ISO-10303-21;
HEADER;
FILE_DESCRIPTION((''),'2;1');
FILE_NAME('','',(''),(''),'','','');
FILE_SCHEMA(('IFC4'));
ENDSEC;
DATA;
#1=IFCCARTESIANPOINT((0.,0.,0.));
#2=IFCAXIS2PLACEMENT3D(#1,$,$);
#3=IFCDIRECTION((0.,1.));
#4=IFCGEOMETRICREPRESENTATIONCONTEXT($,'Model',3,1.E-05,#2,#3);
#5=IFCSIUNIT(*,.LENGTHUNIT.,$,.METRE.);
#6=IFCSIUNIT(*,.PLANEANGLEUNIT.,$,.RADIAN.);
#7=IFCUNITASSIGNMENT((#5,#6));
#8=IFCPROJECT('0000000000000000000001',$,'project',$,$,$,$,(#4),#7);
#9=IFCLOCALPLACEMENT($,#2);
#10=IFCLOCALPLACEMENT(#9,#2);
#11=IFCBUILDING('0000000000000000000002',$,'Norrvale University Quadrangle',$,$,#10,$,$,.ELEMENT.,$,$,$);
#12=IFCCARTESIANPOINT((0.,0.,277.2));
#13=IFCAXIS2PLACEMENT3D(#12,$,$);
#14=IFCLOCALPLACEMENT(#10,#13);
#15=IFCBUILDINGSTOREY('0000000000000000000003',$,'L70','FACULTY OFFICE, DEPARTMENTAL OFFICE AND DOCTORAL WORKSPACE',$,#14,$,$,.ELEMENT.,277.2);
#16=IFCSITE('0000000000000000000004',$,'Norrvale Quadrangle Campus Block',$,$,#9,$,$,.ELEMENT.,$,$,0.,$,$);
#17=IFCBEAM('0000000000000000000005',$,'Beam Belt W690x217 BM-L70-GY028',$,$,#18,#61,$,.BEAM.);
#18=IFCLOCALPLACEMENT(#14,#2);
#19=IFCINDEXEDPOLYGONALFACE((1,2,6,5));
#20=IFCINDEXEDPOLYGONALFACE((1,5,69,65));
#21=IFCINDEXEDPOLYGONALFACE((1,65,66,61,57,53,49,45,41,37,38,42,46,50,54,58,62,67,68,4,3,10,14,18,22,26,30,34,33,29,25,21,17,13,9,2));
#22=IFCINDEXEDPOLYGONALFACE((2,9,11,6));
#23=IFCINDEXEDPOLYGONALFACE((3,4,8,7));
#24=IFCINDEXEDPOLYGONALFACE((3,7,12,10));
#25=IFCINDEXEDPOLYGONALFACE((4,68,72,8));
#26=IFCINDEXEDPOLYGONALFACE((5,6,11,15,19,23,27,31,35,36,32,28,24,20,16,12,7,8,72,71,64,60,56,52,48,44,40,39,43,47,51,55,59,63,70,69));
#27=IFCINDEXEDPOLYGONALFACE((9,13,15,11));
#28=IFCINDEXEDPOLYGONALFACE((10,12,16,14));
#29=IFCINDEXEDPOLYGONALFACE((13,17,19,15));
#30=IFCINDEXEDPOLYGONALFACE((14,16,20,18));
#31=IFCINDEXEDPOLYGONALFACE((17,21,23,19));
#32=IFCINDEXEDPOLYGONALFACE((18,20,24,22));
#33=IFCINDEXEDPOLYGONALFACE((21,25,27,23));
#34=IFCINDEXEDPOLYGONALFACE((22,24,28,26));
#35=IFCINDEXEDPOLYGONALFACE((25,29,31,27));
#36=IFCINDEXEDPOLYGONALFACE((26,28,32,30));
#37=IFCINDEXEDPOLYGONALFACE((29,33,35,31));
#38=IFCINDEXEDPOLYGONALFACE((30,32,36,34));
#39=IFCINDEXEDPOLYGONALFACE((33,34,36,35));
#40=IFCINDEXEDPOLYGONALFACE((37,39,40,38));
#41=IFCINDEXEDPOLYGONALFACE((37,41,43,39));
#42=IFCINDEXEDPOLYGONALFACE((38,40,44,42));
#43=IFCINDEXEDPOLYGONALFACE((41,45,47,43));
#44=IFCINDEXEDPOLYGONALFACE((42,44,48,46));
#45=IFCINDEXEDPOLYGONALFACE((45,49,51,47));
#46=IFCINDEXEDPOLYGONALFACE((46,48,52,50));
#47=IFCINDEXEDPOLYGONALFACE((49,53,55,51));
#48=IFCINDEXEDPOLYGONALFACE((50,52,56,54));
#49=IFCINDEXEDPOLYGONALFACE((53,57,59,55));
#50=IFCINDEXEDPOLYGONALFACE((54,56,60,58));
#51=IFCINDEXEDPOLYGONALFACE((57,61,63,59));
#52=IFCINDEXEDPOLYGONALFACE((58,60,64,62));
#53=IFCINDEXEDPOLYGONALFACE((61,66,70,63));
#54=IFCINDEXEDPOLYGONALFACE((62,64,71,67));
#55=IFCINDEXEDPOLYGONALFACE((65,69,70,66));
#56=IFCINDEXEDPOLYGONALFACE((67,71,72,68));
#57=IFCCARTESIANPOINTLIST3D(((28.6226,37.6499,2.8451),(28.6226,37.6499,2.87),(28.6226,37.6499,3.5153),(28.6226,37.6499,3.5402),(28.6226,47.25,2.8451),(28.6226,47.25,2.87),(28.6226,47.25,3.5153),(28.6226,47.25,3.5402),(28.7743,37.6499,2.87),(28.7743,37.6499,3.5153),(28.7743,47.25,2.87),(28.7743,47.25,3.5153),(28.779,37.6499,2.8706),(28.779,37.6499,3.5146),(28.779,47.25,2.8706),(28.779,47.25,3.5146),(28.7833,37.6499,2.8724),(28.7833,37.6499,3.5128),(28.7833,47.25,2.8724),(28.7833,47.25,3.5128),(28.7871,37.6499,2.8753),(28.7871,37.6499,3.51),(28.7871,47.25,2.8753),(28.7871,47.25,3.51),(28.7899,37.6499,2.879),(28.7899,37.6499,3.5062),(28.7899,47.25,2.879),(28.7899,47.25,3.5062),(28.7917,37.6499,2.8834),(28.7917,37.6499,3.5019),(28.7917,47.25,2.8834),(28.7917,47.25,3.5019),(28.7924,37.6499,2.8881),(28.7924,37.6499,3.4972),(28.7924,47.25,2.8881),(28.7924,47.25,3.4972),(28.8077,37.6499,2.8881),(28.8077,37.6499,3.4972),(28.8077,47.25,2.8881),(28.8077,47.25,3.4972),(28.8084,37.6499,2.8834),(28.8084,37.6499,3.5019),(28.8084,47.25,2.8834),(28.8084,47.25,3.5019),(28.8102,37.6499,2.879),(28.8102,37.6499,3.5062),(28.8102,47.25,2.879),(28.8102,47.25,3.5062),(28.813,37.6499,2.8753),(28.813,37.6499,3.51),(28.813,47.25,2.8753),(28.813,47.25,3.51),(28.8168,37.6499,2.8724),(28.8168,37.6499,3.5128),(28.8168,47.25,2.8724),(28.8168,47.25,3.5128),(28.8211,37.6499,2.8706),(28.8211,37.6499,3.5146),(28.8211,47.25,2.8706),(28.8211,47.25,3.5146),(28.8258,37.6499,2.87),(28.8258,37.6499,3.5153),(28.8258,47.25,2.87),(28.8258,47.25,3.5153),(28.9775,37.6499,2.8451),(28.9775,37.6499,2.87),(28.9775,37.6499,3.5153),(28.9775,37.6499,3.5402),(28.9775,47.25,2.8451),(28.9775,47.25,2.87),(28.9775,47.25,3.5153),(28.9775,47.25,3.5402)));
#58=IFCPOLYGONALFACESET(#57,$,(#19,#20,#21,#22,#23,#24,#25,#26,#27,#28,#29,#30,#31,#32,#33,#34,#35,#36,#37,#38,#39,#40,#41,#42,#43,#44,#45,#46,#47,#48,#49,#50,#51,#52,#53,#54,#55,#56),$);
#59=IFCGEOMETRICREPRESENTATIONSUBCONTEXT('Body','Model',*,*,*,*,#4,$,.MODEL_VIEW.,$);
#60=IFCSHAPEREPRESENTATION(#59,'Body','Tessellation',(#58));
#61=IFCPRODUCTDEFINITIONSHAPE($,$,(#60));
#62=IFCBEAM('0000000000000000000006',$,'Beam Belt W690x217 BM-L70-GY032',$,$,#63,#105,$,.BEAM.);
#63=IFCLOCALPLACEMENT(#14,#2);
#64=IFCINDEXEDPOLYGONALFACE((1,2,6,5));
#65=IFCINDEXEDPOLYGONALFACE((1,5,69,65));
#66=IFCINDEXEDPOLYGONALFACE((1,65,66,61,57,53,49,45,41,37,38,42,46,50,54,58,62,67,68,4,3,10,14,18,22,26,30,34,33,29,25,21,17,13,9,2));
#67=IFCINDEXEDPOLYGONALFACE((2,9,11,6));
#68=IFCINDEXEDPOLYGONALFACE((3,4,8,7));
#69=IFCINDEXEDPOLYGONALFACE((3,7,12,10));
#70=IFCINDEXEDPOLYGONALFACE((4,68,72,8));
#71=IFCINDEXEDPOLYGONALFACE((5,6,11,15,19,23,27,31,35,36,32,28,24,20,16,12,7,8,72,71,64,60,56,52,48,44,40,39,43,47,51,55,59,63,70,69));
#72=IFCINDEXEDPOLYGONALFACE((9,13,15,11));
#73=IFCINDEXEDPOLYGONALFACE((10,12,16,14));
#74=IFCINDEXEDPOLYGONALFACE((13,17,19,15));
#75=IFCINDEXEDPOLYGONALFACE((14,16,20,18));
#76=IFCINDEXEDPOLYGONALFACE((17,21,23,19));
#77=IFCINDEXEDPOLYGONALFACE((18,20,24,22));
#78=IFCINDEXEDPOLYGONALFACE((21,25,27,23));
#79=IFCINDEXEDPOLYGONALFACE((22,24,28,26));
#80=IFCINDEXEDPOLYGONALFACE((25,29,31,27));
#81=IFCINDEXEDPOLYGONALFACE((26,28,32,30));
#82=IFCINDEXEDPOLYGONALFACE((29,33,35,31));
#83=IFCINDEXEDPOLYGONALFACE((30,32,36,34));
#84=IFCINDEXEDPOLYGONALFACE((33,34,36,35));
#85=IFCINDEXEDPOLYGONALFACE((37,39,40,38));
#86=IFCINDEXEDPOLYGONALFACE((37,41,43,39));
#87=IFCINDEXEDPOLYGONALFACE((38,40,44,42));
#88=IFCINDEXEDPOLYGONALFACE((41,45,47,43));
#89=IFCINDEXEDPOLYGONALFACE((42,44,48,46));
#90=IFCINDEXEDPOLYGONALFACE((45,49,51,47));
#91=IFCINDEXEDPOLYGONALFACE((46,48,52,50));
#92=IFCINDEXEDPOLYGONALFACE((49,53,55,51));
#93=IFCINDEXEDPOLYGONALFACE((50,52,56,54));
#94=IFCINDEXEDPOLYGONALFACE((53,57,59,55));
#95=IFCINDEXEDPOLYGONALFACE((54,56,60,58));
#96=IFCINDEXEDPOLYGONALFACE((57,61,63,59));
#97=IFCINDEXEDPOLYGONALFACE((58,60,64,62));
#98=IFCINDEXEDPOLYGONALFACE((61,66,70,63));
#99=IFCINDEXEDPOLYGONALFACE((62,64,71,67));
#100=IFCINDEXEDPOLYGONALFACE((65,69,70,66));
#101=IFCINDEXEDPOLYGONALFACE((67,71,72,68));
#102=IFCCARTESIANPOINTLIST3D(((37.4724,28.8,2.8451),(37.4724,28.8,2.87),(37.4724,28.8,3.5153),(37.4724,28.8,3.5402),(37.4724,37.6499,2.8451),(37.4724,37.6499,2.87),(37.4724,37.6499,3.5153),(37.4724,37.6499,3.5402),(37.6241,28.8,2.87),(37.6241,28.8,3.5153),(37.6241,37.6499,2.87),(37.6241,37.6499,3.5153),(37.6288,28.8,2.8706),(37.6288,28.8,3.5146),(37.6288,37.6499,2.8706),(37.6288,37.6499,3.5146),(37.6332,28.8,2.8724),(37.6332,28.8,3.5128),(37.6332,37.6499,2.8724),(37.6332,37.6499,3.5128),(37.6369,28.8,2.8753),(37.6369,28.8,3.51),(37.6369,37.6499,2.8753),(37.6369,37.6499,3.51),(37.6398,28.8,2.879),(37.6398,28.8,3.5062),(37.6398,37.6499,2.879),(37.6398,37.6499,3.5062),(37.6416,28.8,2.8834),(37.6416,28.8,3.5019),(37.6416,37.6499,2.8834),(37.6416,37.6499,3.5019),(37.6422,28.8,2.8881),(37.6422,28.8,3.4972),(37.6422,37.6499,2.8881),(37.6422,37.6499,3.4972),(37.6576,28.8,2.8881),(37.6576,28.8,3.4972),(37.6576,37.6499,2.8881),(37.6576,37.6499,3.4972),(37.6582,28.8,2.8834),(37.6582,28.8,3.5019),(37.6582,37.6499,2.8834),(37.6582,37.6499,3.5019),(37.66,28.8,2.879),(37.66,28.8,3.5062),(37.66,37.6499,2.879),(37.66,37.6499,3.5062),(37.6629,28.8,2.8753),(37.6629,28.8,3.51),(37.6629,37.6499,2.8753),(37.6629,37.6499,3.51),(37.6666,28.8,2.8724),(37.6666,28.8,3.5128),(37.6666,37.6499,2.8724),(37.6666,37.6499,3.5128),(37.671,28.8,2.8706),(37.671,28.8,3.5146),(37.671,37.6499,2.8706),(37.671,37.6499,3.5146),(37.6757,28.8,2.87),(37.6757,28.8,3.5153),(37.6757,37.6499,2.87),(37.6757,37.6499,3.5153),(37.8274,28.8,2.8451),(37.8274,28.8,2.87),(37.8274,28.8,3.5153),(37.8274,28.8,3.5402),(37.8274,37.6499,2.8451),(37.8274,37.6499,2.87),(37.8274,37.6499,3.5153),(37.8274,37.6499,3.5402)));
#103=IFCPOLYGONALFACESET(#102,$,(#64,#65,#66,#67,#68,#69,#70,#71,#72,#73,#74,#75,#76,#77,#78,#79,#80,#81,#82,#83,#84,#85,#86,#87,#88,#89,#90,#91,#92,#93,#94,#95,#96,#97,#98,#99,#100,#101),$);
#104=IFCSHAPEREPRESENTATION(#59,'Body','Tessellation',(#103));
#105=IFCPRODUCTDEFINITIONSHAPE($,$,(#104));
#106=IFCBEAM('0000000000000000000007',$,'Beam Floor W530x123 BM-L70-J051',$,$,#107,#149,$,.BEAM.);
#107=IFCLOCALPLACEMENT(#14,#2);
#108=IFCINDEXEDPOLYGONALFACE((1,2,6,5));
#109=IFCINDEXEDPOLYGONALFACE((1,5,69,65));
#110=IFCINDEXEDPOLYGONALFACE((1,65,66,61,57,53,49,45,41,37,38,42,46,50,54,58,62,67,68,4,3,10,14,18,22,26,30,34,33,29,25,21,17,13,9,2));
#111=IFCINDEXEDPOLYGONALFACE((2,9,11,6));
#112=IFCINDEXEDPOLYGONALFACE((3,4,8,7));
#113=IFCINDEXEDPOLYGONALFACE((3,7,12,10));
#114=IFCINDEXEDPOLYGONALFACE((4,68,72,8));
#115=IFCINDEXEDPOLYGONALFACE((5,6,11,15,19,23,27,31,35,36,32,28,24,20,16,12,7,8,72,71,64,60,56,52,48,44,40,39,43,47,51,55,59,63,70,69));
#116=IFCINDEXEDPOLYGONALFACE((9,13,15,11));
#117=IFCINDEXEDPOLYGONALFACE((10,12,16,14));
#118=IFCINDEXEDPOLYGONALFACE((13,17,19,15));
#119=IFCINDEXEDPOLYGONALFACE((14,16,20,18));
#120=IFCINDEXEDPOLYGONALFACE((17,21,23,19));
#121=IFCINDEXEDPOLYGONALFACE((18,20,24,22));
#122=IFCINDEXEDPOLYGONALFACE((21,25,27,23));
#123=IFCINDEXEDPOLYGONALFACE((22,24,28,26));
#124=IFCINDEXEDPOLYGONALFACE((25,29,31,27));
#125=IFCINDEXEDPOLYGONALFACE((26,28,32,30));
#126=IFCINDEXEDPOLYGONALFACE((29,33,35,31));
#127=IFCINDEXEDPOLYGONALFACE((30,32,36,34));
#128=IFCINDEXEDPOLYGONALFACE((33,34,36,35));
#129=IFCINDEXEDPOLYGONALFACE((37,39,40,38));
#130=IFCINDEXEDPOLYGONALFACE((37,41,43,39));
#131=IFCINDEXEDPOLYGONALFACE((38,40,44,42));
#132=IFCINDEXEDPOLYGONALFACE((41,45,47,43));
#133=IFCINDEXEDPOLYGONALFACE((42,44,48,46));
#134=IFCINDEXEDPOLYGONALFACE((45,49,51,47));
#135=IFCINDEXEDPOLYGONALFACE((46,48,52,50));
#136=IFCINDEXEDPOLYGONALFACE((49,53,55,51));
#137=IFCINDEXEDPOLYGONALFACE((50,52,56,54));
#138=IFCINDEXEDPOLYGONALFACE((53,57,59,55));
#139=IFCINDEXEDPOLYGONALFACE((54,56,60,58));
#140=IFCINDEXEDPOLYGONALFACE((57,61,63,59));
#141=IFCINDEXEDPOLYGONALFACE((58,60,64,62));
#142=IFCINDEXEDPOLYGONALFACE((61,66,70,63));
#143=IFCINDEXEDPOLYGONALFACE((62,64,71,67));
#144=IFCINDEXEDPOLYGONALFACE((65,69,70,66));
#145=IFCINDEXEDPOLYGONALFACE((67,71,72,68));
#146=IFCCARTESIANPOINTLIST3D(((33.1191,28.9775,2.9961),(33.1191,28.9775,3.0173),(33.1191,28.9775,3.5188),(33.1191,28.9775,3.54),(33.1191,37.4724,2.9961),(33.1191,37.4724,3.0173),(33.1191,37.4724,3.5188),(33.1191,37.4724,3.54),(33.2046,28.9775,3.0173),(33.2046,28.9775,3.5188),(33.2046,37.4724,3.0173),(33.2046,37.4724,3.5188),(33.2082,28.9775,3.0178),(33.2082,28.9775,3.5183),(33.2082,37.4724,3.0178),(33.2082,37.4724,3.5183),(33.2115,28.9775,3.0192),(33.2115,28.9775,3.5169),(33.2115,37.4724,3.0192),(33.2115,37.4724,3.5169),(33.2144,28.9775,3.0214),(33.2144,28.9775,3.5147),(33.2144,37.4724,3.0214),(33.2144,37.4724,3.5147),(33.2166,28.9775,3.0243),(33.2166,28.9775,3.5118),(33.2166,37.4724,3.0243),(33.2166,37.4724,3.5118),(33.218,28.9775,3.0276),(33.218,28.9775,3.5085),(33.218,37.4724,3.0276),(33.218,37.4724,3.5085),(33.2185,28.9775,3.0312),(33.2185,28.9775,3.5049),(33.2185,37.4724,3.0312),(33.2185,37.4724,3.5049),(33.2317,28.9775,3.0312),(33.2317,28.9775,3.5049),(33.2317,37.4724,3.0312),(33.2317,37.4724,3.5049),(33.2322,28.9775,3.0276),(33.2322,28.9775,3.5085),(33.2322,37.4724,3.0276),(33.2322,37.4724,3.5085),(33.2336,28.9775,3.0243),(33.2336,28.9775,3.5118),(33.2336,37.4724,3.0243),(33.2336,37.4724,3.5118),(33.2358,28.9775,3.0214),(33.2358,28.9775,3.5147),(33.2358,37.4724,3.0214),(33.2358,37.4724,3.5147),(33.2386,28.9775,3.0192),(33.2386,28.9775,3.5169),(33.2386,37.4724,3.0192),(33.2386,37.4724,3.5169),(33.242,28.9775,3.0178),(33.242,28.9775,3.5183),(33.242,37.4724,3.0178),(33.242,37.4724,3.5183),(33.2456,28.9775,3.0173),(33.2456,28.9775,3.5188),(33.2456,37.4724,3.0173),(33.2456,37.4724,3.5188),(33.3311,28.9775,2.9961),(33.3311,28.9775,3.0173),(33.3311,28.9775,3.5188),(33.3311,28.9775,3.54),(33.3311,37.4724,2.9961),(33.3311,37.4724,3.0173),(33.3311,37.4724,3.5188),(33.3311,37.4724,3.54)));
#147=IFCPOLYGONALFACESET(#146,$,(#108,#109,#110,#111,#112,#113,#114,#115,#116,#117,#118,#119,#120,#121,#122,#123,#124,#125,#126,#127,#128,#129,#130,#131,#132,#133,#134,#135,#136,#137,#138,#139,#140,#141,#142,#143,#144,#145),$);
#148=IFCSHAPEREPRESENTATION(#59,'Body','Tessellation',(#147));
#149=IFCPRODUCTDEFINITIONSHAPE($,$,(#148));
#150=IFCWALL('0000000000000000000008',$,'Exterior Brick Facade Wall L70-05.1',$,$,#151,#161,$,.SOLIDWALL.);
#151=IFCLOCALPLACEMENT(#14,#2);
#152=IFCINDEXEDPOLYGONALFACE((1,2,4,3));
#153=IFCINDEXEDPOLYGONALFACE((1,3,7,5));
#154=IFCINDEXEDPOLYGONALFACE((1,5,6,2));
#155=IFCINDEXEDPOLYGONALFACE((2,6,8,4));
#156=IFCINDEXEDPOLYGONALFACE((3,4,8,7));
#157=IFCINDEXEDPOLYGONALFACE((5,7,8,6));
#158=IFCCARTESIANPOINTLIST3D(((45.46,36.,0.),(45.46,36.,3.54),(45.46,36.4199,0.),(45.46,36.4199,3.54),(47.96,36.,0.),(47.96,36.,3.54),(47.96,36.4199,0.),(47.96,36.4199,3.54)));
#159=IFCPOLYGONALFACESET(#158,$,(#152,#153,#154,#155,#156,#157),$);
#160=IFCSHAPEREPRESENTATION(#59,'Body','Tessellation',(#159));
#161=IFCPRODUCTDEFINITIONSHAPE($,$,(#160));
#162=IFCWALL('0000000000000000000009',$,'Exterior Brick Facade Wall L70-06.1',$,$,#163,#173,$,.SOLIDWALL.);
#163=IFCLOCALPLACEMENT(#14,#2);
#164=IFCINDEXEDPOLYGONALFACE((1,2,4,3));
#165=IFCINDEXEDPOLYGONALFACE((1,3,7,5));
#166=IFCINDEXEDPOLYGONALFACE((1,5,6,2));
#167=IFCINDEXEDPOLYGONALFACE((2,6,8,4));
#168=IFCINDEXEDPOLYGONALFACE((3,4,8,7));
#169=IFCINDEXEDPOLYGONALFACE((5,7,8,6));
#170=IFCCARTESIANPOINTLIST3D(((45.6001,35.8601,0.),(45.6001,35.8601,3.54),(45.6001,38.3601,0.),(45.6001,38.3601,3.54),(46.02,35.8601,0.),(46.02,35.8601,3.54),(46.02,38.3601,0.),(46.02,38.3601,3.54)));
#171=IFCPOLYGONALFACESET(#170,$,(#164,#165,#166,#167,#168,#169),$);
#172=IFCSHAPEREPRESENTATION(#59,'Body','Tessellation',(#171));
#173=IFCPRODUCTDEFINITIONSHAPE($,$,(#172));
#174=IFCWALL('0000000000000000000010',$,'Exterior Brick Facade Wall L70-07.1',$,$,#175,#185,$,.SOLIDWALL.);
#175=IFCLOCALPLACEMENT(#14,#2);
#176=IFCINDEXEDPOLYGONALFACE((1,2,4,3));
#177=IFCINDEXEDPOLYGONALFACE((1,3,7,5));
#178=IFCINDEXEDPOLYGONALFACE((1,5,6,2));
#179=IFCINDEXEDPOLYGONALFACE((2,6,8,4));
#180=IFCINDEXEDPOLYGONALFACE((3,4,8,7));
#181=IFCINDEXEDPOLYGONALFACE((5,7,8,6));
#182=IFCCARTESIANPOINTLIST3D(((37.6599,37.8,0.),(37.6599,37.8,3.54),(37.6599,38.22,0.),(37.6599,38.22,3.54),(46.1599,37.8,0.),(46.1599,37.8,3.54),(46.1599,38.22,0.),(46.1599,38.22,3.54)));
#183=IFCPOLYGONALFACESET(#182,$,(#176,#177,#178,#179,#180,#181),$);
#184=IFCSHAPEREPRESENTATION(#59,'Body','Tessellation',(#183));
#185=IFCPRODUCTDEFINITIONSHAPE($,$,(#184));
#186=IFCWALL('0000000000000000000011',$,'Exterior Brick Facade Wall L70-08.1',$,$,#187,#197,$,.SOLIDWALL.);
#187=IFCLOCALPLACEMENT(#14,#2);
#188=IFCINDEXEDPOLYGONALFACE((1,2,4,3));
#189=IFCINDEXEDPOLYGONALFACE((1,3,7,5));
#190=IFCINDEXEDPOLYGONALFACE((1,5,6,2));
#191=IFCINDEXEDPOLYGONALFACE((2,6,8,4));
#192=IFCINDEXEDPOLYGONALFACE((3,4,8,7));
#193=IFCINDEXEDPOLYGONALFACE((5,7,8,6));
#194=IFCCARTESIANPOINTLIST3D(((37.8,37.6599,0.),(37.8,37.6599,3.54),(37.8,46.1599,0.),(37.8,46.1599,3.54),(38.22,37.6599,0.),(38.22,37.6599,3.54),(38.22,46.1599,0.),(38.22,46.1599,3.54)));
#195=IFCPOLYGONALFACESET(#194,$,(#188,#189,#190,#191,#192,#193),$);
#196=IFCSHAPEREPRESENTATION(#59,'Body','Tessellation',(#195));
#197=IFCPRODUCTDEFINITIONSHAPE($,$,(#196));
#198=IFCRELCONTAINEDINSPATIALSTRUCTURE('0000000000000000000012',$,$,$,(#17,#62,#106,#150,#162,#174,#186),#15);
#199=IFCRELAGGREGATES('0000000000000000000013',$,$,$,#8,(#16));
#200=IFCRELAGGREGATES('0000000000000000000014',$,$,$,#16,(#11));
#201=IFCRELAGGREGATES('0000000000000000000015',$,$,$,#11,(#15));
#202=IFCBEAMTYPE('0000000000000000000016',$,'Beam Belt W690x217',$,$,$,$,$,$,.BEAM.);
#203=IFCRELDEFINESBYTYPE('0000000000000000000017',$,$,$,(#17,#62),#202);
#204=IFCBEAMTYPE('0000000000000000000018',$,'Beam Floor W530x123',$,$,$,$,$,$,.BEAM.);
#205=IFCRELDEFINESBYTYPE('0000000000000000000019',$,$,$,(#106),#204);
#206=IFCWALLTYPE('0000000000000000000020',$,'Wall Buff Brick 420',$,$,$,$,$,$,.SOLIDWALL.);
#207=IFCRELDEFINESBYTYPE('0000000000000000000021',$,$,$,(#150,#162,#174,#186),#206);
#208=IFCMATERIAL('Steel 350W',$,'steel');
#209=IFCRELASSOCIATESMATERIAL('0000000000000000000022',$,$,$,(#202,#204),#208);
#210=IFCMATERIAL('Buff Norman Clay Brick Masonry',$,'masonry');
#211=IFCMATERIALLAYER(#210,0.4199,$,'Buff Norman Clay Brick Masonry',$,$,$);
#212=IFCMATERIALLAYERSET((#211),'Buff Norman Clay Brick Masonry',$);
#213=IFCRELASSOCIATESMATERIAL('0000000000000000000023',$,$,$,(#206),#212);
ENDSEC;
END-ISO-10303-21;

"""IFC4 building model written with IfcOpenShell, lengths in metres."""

from ifc_helpers import new_model, si_unit, direction, frame, frame_2d, origin, origin_2d, place, context, subcontext, project, spatial, rectangle, i_section, extrude, material, layer, layer_set, material_profile, profile_set, type_object, element, save


model = new_model("IFC4")

# Units and contexts
model_context = context("Model", 3, precision=1e-05, world=origin(), true_north=direction((0.0, 1.0)))
body_context = subcontext(model_context, "Body", "Model", "MODEL_VIEW")
ifc_project = project(units=[si_unit("LENGTHUNIT", "METRE"), si_unit("PLANEANGLEUNIT", "RADIAN")], contexts=[model_context])

# Site, building, storey
site_placement = place(None, origin())
site = spatial("IfcSite", under=ifc_project, at=site_placement, Name="Norrvale Quadrangle Campus Block", CompositionType="ELEMENT", RefElevation=0.0)
building_placement = place(site_placement, origin())
building = spatial("IfcBuilding", under=site, at=building_placement, Name="Norrvale University Quadrangle", CompositionType="ELEMENT")
storey_placement = place(building_placement, frame((0.0, 0.0, 277.2)))
storey = spatial("IfcBuildingStorey", under=building, at=storey_placement, Name="L70", Description="FACULTY OFFICE, DEPARTMENTAL OFFICE AND DOCTORAL WORKSPACE", CompositionType="ELEMENT", Elevation=277.2)

# Beams
ifc_material_1 = material(Name="Steel 350W", Category="steel")
ifc_material_profile_1 = material_profile(ifc_material_1, i_section(OverallWidth=0.355, OverallDepth=0.6951, WebThickness=0.0154, FlangeThickness=0.0249, FilletRadius=0.0181, at=origin_2d()), Name="Steel 350W")
ifc_profile_set_1 = profile_set([ifc_material_profile_1], Name="Steel 350W")
beam_type_1 = type_object("IfcBeamType", Name="Beam Belt W690x217", PredefinedType="BEAM", material=ifc_profile_set_1)
beam_1_placement = place(storey_placement, frame((28.8, 37.6499, 3.1926), z_axis=(0.0, 1.0, 0.0), x_axis=(-1.0, 0.0, 0.0)))
element("IfcBeam", 1, at=beam_1_placement, inside=storey, type_object=beam_type_1, Name="Beam Belt W690x217 BM-L70-GY028", PredefinedType="BEAM", context=body_context, shape_type="SweptSolid", body=[
    extrude(i_section(OverallWidth=0.355, OverallDepth=0.6951, WebThickness=0.0154, FlangeThickness=0.0249, FilletRadius=0.0181, at=origin_2d()), origin(), (0.0, 0.0, 1.0), 9.6001),
])
beam_2_placement = place(storey_placement, frame((37.6499, 28.8, 3.1926), z_axis=(0.0, 1.0, 0.0), x_axis=(-1.0, 0.0, 0.0)))
element("IfcBeam", 2, at=beam_2_placement, inside=storey, type_object=beam_type_1, Name="Beam Belt W690x217 BM-L70-GY032", PredefinedType="BEAM", context=body_context, shape_type="SweptSolid", body=[
    extrude(i_section(OverallWidth=0.355, OverallDepth=0.6951, WebThickness=0.0154, FlangeThickness=0.0249, FilletRadius=0.0181, at=origin_2d()), origin(), (0.0, 0.0, 1.0), 8.8499),
])
ifc_material_profile_2 = material_profile(ifc_material_1, i_section(OverallWidth=0.2119, OverallDepth=0.5439, WebThickness=0.0132, FlangeThickness=0.0212, FilletRadius=0.0139, at=origin_2d()), Name="Steel 350W")
ifc_profile_set_2 = profile_set([ifc_material_profile_2], Name="Steel 350W")
beam_type_2 = type_object("IfcBeamType", Name="Beam Floor W530x123", PredefinedType="BEAM", material=ifc_profile_set_2)
beam_3_placement = place(storey_placement, frame((33.2251, 28.9775, 3.2681), z_axis=(0.0, 1.0, 0.0), x_axis=(-1.0, 0.0, 0.0)))
element("IfcBeam", 3, at=beam_3_placement, inside=storey, type_object=beam_type_2, Name="Beam Floor W530x123 BM-L70-J051", PredefinedType="BEAM", context=body_context, shape_type="SweptSolid", body=[
    extrude(i_section(OverallWidth=0.2119, OverallDepth=0.5439, WebThickness=0.0132, FlangeThickness=0.0212, FilletRadius=0.0139, at=origin_2d()), origin(), (0.0, 0.0, 1.0), 8.4949),
])

# Walls
ifc_material_2 = material(Name="Buff Norman Clay Brick Masonry", Category="masonry")
ifc_layer = layer(ifc_material_2, 0.4199, Name="Buff Norman Clay Brick Masonry")
ifc_layer_set = layer_set([ifc_layer], Name="Buff Norman Clay Brick Masonry")
wall_type = type_object("IfcWallType", Name="Wall Buff Brick 420", PredefinedType="SOLIDWALL", material=ifc_layer_set)
for number, where, z_axis, x_axis, name in (
    (4, (47.96, 36.21, 0.0), (0.0, 0.0, 1.0), (-1.0, 0.0, 0.0), "Exterior Brick Facade Wall L70-05.1"),
    (5, (45.8101, 35.8601, 0.0), (0.0, 0.0, 1.0), (0.0, 1.0, 0.0), "Exterior Brick Facade Wall L70-06.1"),
):
    element("IfcWall", number, at=place(storey_placement, frame(where, z_axis=z_axis, x_axis=x_axis)), inside=storey, type_object=wall_type, Name=name, PredefinedType="SOLIDWALL", context=body_context, shape_type="SweptSolid", body=[
        extrude(rectangle(XDim=2.5, YDim=0.4199, at=frame_2d((1.25, 0.0))), origin(), (0.0, 0.0, 1.0), 3.54),
    ])
for number, where, z_axis, x_axis, name in (
    (6, (46.1599, 38.01, 0.0), (0.0, 0.0, 1.0), (-1.0, 0.0, 0.0), "Exterior Brick Facade Wall L70-07.1"),
    (7, (38.01, 37.6599, 0.0), (0.0, 0.0, 1.0), (0.0, 1.0, 0.0), "Exterior Brick Facade Wall L70-08.1"),
):
    element("IfcWall", number, at=place(storey_placement, frame(where, z_axis=z_axis, x_axis=x_axis)), inside=storey, type_object=wall_type, Name=name, PredefinedType="SOLIDWALL", context=body_context, shape_type="SweptSolid", body=[
        extrude(rectangle(XDim=8.5, YDim=0.4199, at=frame_2d((4.25, 0.0))), origin(), (0.0, 0.0, 1.0), 3.54),
    ])

save(model, "model.ifc")
